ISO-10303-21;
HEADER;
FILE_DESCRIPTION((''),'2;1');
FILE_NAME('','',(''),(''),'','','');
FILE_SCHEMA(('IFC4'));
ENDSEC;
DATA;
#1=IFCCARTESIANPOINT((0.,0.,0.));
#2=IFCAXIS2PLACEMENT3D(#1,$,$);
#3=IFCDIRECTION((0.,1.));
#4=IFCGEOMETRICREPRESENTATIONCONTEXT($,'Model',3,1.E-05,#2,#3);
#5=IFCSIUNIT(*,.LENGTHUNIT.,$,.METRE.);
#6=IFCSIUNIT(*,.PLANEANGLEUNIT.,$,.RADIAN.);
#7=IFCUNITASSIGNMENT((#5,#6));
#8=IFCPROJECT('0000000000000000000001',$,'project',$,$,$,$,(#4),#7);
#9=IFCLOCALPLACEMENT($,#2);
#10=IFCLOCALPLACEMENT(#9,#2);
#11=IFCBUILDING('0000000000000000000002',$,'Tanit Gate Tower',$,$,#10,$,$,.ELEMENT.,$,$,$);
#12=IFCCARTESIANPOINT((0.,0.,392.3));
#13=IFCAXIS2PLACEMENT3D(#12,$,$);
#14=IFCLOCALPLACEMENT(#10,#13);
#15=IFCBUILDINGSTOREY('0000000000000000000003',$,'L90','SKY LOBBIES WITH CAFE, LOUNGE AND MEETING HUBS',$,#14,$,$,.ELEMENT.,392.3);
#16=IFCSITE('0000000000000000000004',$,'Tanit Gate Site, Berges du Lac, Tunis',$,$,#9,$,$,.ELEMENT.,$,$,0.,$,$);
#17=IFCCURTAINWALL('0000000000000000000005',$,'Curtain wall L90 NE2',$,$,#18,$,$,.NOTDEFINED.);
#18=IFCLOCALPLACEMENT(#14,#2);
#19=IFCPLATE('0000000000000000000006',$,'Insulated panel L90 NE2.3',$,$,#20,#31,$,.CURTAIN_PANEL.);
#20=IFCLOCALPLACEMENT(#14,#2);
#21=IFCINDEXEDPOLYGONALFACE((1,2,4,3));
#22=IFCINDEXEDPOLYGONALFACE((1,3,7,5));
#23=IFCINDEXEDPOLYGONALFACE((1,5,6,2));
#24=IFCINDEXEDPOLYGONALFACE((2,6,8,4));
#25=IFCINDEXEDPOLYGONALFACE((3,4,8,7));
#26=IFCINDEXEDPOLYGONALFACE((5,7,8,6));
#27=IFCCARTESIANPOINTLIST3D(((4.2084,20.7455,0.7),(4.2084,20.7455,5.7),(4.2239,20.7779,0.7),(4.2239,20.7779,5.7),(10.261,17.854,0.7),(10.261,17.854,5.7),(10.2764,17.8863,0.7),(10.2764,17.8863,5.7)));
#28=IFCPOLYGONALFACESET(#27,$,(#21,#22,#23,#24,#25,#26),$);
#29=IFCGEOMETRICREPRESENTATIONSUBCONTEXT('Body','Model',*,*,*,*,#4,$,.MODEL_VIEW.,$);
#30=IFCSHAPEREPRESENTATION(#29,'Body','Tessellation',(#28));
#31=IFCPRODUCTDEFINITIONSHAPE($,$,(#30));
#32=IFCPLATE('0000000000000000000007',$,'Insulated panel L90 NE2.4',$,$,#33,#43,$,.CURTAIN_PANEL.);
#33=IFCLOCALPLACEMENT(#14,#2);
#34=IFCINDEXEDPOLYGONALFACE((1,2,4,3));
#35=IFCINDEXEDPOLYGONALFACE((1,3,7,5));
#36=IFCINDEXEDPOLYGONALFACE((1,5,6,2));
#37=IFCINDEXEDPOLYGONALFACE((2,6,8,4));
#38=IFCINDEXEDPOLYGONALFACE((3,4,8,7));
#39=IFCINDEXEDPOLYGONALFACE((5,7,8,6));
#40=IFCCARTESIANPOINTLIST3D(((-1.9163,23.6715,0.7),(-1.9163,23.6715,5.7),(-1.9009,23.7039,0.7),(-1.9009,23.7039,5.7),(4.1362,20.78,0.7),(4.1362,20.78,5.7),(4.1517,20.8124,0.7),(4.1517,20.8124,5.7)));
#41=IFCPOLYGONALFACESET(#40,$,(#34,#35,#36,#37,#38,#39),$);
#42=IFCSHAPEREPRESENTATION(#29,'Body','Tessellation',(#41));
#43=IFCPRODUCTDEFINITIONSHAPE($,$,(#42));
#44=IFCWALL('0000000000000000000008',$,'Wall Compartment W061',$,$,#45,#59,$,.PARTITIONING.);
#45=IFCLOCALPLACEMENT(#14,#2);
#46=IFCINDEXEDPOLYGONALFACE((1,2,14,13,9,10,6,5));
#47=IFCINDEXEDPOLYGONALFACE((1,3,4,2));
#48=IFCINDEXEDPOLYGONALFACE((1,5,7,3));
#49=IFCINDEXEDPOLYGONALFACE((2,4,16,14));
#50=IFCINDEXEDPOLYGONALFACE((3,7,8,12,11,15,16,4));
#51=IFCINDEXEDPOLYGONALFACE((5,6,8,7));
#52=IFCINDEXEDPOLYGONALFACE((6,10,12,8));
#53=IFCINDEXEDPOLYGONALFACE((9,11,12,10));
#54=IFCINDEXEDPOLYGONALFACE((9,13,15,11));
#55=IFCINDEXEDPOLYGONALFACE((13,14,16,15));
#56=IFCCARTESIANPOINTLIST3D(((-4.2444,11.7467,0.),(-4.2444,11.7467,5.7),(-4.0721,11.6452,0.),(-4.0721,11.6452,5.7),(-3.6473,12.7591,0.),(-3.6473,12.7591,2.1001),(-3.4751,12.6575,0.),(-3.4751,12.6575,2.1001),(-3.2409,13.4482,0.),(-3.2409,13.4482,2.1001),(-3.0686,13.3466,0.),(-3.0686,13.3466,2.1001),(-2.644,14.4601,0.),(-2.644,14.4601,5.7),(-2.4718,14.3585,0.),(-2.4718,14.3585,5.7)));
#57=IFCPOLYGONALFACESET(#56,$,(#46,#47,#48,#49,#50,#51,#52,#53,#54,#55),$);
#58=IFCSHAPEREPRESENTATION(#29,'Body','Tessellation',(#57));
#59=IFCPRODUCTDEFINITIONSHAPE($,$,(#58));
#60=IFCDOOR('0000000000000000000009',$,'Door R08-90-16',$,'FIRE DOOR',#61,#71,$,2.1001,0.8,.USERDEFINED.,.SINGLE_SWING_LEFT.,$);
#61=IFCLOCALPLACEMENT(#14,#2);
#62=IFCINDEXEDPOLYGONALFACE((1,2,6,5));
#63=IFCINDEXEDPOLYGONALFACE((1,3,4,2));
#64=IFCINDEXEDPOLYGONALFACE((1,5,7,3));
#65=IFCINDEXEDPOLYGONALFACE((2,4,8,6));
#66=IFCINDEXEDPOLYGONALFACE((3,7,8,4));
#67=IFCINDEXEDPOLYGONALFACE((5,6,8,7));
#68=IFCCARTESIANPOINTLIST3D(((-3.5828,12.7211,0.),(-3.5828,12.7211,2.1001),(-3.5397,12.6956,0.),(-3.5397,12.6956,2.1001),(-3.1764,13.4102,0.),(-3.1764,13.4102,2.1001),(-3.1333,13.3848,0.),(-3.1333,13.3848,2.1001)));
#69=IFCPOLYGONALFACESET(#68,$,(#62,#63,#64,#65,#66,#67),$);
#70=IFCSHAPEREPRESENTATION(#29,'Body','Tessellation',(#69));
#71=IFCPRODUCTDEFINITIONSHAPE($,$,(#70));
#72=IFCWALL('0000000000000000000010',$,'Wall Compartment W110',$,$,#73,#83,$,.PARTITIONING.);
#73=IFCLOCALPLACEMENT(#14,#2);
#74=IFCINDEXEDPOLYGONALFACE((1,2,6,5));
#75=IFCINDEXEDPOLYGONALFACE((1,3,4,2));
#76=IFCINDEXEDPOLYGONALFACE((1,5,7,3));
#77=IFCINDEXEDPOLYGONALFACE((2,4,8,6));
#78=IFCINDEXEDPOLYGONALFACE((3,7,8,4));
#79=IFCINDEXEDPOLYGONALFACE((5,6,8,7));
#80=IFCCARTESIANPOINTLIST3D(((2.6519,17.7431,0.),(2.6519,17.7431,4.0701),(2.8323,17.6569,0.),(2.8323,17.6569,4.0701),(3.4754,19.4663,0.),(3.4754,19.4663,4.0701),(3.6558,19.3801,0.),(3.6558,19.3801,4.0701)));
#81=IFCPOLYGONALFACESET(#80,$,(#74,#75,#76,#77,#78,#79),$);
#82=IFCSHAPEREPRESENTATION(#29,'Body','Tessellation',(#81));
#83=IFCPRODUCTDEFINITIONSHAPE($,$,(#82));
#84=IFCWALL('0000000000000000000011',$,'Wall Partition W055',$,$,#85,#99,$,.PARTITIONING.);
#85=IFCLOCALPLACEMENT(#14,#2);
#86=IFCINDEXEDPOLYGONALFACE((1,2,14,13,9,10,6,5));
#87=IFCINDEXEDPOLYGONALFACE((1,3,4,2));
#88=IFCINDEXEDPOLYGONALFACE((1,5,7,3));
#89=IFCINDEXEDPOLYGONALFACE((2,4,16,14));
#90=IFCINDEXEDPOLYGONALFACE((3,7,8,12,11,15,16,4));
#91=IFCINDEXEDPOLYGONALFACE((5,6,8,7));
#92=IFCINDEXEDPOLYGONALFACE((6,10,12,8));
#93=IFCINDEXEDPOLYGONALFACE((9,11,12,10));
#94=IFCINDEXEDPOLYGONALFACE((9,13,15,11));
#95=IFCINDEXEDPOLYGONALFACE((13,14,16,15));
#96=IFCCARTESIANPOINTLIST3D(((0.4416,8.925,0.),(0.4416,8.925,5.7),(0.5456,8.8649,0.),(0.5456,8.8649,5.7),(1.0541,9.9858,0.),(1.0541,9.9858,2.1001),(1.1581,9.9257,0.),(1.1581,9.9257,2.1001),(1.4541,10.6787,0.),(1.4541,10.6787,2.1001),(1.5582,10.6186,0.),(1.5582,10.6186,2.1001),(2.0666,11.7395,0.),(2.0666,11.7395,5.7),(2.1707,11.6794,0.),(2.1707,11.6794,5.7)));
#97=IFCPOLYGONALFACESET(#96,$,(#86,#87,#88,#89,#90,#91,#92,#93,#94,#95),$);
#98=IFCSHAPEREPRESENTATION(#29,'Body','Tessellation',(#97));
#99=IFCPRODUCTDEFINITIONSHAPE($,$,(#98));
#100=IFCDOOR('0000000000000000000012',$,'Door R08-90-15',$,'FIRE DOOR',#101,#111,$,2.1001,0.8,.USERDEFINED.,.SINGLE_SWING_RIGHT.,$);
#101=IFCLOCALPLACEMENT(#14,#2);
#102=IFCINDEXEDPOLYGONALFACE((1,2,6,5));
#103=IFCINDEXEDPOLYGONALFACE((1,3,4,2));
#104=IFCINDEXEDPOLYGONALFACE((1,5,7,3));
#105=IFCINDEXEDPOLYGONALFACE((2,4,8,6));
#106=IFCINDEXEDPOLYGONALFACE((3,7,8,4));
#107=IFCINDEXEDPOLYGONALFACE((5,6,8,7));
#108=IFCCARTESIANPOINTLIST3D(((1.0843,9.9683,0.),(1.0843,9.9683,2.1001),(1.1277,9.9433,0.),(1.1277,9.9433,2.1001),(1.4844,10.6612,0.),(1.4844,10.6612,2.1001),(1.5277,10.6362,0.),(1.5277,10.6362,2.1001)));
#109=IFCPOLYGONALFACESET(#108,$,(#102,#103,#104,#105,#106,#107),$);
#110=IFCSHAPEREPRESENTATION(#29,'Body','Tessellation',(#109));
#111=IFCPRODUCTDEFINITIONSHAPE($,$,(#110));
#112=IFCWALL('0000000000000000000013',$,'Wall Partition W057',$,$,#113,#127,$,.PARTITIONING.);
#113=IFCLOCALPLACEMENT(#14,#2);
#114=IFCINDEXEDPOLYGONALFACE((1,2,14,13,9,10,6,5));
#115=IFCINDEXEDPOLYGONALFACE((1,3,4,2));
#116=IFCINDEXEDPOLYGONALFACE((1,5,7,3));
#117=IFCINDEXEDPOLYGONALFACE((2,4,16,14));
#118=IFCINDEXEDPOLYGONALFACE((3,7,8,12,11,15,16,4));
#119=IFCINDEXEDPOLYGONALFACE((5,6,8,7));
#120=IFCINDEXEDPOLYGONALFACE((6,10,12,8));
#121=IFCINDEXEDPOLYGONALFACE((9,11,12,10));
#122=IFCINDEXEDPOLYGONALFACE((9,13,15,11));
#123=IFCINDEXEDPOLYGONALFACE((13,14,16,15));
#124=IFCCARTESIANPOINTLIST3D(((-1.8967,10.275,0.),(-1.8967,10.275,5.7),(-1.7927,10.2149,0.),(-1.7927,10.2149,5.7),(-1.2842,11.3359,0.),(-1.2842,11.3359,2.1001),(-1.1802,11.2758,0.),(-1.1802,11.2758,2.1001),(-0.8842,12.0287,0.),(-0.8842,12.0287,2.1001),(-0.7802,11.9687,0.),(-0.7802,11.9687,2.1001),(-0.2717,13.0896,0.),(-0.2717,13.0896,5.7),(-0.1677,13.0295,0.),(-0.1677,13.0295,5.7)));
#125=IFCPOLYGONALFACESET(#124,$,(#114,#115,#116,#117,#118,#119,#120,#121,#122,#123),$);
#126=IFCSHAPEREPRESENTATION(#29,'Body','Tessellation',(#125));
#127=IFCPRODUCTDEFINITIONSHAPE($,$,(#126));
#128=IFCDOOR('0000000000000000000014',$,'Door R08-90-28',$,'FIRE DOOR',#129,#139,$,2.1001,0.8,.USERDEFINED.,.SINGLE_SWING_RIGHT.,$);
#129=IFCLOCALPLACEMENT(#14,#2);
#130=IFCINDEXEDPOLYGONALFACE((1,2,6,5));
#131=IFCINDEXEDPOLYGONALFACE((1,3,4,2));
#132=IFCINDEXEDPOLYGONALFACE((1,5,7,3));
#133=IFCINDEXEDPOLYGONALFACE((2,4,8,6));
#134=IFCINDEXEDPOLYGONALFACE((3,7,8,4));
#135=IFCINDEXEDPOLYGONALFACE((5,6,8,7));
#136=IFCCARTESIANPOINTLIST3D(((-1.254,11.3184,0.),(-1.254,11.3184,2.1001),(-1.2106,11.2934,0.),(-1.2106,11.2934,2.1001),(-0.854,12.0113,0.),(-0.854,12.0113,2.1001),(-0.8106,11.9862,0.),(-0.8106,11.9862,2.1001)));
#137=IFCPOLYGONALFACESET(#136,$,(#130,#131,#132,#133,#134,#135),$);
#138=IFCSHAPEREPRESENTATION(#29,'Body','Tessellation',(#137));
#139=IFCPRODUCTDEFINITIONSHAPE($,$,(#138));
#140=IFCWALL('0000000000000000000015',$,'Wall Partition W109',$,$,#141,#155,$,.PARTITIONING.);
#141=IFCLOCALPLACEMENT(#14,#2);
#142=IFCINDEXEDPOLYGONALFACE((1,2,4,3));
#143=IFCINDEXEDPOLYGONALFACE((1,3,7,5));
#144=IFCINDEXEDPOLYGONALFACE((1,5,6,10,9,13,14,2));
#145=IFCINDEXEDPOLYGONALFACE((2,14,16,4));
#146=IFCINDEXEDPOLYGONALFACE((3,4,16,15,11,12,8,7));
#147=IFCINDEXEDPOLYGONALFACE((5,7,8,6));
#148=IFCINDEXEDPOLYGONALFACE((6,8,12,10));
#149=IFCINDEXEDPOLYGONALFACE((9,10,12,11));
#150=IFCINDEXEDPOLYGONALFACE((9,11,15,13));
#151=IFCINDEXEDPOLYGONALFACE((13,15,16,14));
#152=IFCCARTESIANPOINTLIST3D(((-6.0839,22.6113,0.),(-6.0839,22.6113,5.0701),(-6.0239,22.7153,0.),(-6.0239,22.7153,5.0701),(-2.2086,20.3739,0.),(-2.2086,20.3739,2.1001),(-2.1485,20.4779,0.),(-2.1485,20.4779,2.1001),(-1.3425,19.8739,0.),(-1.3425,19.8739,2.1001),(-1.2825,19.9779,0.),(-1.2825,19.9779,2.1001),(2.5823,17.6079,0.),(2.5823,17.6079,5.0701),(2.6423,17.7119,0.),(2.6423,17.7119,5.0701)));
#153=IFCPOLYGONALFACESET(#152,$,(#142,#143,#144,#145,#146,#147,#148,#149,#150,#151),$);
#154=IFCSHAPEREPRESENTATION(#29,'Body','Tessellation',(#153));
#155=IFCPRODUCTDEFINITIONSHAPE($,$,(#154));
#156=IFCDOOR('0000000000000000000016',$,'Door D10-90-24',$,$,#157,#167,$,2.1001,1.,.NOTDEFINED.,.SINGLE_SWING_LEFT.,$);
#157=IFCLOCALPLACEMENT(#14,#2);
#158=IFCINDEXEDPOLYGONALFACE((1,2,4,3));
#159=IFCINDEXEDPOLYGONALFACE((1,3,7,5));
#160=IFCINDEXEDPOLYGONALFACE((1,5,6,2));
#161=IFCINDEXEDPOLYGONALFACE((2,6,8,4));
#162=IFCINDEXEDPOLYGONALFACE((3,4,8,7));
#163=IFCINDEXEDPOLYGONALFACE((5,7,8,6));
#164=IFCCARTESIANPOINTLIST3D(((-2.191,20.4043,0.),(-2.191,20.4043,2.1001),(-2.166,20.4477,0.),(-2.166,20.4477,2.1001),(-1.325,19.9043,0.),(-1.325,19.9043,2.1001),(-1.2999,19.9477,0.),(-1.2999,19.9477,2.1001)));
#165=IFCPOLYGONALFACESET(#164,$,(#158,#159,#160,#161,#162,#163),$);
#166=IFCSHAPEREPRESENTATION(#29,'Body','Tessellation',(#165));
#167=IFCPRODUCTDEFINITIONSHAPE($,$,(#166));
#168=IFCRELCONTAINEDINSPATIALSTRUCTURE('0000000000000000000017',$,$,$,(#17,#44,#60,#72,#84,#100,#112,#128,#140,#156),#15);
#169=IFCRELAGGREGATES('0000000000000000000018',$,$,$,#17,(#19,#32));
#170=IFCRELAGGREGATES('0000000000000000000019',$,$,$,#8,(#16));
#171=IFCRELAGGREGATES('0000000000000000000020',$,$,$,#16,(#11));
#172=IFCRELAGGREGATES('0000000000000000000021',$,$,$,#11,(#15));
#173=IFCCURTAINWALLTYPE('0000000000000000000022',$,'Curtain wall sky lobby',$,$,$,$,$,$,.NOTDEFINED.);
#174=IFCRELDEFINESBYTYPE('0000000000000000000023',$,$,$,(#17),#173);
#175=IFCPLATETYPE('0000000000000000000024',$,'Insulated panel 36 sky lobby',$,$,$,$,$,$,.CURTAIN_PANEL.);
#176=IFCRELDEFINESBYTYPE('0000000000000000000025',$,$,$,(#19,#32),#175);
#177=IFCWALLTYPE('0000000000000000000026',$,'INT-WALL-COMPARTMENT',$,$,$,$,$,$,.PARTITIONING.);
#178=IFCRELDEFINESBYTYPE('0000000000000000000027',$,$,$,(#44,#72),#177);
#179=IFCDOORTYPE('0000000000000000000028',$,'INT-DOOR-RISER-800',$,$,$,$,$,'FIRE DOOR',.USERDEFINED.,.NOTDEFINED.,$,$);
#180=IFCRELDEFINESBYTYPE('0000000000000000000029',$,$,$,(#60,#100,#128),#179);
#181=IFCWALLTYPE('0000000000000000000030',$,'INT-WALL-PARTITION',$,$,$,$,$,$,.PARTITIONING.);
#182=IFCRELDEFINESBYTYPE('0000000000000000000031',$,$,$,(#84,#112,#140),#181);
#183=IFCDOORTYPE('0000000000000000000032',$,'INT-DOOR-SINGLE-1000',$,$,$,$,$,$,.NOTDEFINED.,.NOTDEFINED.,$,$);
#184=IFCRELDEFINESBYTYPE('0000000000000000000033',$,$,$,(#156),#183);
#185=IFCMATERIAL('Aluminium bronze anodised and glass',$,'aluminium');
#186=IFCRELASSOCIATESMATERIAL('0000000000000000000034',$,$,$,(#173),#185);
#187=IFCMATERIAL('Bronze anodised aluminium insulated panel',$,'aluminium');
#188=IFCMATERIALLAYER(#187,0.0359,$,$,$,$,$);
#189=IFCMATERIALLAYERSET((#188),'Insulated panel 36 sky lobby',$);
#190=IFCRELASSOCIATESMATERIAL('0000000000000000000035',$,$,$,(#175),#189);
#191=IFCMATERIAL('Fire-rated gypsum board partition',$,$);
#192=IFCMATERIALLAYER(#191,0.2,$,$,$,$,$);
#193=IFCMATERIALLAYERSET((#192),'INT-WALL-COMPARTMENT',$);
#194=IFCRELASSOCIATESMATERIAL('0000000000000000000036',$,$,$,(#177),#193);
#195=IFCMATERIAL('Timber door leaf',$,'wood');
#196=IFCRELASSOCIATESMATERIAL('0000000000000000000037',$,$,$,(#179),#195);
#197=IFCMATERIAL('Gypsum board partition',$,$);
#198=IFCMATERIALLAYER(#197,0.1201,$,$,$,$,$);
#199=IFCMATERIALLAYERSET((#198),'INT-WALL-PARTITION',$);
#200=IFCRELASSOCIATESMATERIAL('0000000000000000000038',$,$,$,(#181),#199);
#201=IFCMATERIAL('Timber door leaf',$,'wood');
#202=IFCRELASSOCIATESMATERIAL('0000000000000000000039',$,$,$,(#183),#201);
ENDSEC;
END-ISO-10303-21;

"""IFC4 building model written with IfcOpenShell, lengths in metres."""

from ifc_helpers import new_model, si_unit, direction, frame, frame_2d, origin, origin_2d, place, context, subcontext, project, spatial, rectangle, extrude, material, layer, layer_set, type_object, element, fill, aggregate, save


model = new_model("IFC4")

# Units and contexts
model_context = context("Model", 3, precision=1e-05, world=origin(), true_north=direction((0.0, 1.0)))
body_context = subcontext(model_context, "Body", "Model", "MODEL_VIEW")
ifc_project = project(units=[si_unit("LENGTHUNIT", "METRE"), si_unit("PLANEANGLEUNIT", "RADIAN")], contexts=[model_context])

# Site, building, storey
site_placement = place(None, origin())
site = spatial("IfcSite", under=ifc_project, at=site_placement, Name="Tanit Gate Site, Berges du Lac, Tunis", CompositionType="ELEMENT", RefElevation=0.0)
building_placement = place(site_placement, origin())
building = spatial("IfcBuilding", under=site, at=building_placement, Name="Tanit Gate Tower", CompositionType="ELEMENT")
storey_placement = place(building_placement, frame((0.0, 0.0, 392.3)))
storey = spatial("IfcBuildingStorey", under=building, at=storey_placement, Name="L90", Description="SKY LOBBIES WITH CAFE, LOUNGE AND MEETING HUBS", CompositionType="ELEMENT", Elevation=392.3)

# Curtain wall
ifc_material_1 = material(Name="Aluminium bronze anodised and glass", Category="aluminium")
curtain_wall_type = type_object("IfcCurtainWallType", Name="Curtain wall sky lobby", PredefinedType="NOTDEFINED", material=ifc_material_1)
curtain_wall_1_placement = place(storey_placement, origin())
curtain_wall_1 = element("IfcCurtainWall", 1, at=curtain_wall_1_placement, inside=storey, type_object=curtain_wall_type, Name="Curtain wall L90 NE2", PredefinedType="NOTDEFINED")

# Plates
ifc_material_2 = material(Name="Bronze anodised aluminium insulated panel", Category="aluminium")
ifc_layer_1 = layer(ifc_material_2, 0.0359)
ifc_layer_set_1 = layer_set([ifc_layer_1], Name="Insulated panel 36 sky lobby")
plate_type = type_object("IfcPlateType", Name="Insulated panel 36 sky lobby", PredefinedType="CURTAIN_PANEL", material=ifc_layer_set_1)
plate_1_placement = place(storey_placement, frame((7.2424, 19.3159, 0.7), z_axis=(0.0, 0.0, 1.0), x_axis=(-0.902317, 0.431073, 0.0)))
plate_1 = element("IfcPlate", 2, at=plate_1_placement, type_object=plate_type, Name="Insulated panel L90 NE2.3", PredefinedType="CURTAIN_PANEL", context=body_context, shape_type="SweptSolid", body=[
    extrude(rectangle(XDim=6.7078, YDim=0.0359, at=origin_2d()), origin(), (0.0, 0.0, 1.0), 5.0),
])
plate_2_placement = place(storey_placement, frame((1.1177, 22.2419, 0.7), z_axis=(0.0, 0.0, 1.0), x_axis=(-0.902317, 0.431073, 0.0)))
plate_2 = element("IfcPlate", 3, at=plate_2_placement, type_object=plate_type, Name="Insulated panel L90 NE2.4", PredefinedType="CURTAIN_PANEL", context=body_context, shape_type="SweptSolid", body=[
    extrude(rectangle(XDim=6.7078, YDim=0.0359, at=origin_2d()), origin(), (0.0, 0.0, 1.0), 5.0),
])
aggregate(curtain_wall_1, [plate_1, plate_2])

# Wall, opening, door
ifc_material_3 = material(Name="Fire-rated gypsum board partition")
ifc_layer_2 = layer(ifc_material_3, 0.2)
ifc_layer_set_2 = layer_set([ifc_layer_2], Name="INT-WALL-COMPARTMENT")
wall_type_1 = type_object("IfcWallType", Name="INT-WALL-COMPARTMENT", PredefinedType="PARTITIONING", material=ifc_layer_set_2)
wall_1_placement = place(storey_placement, frame((-2.5579, 14.4094, 0.0), z_axis=(0.0, 0.0, 1.0), x_axis=(-0.508019, -0.861346, 0.0)))
wall_1 = element("IfcWall", 4, at=wall_1_placement, inside=storey, type_object=wall_type_1, Name="Wall Compartment W061", PredefinedType="PARTITIONING", context=body_context, shape_type="SweptSolid", body=[
    extrude(rectangle(XDim=3.1501, YDim=0.2, at=frame_2d((1.5752, 0.0))), origin(), (0.0, 0.0, 1.0), 5.7),
])
opening_1_placement = place(wall_1_placement, frame((1.175, 0.0, 0.0)))
opening_1 = element("IfcOpeningElement", 5, at=opening_1_placement, cuts=wall_1, PredefinedType="OPENING", context=body_context, shape_type="SweptSolid", body=[
    extrude(rectangle(XDim=0.8, YDim=2.1001, at=frame_2d((0.3999, 1.05))), frame((0.0, 0.1099, 0.0), z_axis=(0.0, -1.0, 0.0), x_axis=(1.0, 0.0, 0.0)), (0.0, 0.0, 1.0), 0.22),
])
ifc_material_4 = material(Name="Timber door leaf", Category="wood")
door_type_1 = type_object("IfcDoorType", Name="INT-DOOR-RISER-800", ElementType="FIRE DOOR", OperationType="NOTDEFINED", PredefinedType="USERDEFINED", material=ifc_material_4)
door_1_placement = place(opening_1_placement, origin())
door_1 = element("IfcDoor", 6, at=door_1_placement, inside=storey, type_object=door_type_1, Name="Door R08-90-16", ObjectType="FIRE DOOR", OperationType="SINGLE_SWING_LEFT", OverallHeight=2.1001, OverallWidth=0.8, PredefinedType="USERDEFINED", context=body_context, shape_type="SweptSolid", body=[
    extrude(rectangle(XDim=0.8, YDim=2.1001, at=frame_2d((0.3999, 1.05))), frame((0.0, 0.0249, 0.0), z_axis=(0.0, -1.0, 0.0), x_axis=(1.0, 0.0, 0.0)), (0.0, 0.0, 1.0), 0.05),
])
fill(opening_1, door_1)

# Wall
wall_2_placement = place(storey_placement, frame((3.5657, 19.4233, 0.0), z_axis=(0.0, 0.0, 1.0), x_axis=(-0.431189, -0.902262, 0.0)))
element("IfcWall", 7, at=wall_2_placement, inside=storey, type_object=wall_type_1, Name="Wall Compartment W110", PredefinedType="PARTITIONING", context=body_context, shape_type="SweptSolid", body=[
    extrude(rectangle(XDim=1.9099, YDim=0.2, at=frame_2d((0.9551, 0.0))), origin(), (0.0, 0.0, 1.0), 4.0701),
])

# Walls, openings, doors
ifc_material_5 = material(Name="Gypsum board partition")
ifc_layer_3 = layer(ifc_material_5, 0.1201)
ifc_layer_set_3 = layer_set([ifc_layer_3], Name="INT-WALL-PARTITION")
wall_type_2 = type_object("IfcWallType", Name="INT-WALL-PARTITION", PredefinedType="PARTITIONING", material=ifc_layer_set_3)
wall_3_placement = place(storey_placement, frame((2.1187, 11.7095, 0.0), z_axis=(0.0, 0.0, 1.0), x_axis=(-0.500017, -0.866015, 0.0)))
wall_3 = element("IfcWall", 8, at=wall_3_placement, inside=storey, type_object=wall_type_2, Name="Wall Partition W055", PredefinedType="PARTITIONING", context=body_context, shape_type="SweptSolid", body=[
    extrude(rectangle(XDim=3.25, YDim=0.1201, at=frame_2d((1.625, 0.0))), origin(), (0.0, 0.0, 1.0), 5.7),
])
opening_2_placement = place(wall_3_placement, frame((1.2251, 0.0, 0.0)))
opening_2 = element("IfcOpeningElement", 9, at=opening_2_placement, cuts=wall_3, PredefinedType="OPENING", context=body_context, shape_type="SweptSolid", body=[
    extrude(rectangle(XDim=0.8, YDim=2.1001, at=frame_2d((0.3999, 1.05))), frame((0.0, 0.0701, 0.0), z_axis=(0.0, -1.0, 0.0), x_axis=(1.0, 0.0, 0.0)), (0.0, 0.0, 1.0), 0.1401),
])
door_2_placement = place(opening_2_placement, origin())
door_2 = element("IfcDoor", 10, at=door_2_placement, inside=storey, type_object=door_type_1, Name="Door R08-90-15", ObjectType="FIRE DOOR", OperationType="SINGLE_SWING_RIGHT", OverallHeight=2.1001, OverallWidth=0.8, PredefinedType="USERDEFINED", context=body_context, shape_type="SweptSolid", body=[
    extrude(rectangle(XDim=0.8, YDim=2.1001, at=frame_2d((0.3999, 1.05))), frame((0.0, 0.0249, 0.0), z_axis=(0.0, -1.0, 0.0), x_axis=(1.0, 0.0, 0.0)), (0.0, 0.0, 1.0), 0.05),
])
fill(opening_2, door_2)
wall_4_placement = place(storey_placement, frame((-0.2197, 13.0596, 0.0), z_axis=(0.0, 0.0, 1.0), x_axis=(-0.499985, -0.866034, 0.0)))
wall_4 = element("IfcWall", 11, at=wall_4_placement, inside=storey, type_object=wall_type_2, Name="Wall Partition W057", PredefinedType="PARTITIONING", context=body_context, shape_type="SweptSolid", body=[
    extrude(rectangle(XDim=3.25, YDim=0.1201, at=frame_2d((1.625, 0.0))), origin(), (0.0, 0.0, 1.0), 5.7),
])
opening_3_placement = place(wall_4_placement, frame((1.2251, 0.0, 0.0)))
opening_3 = element("IfcOpeningElement", 12, at=opening_3_placement, cuts=wall_4, PredefinedType="OPENING", context=body_context, shape_type="SweptSolid", body=[
    extrude(rectangle(XDim=0.8, YDim=2.1001, at=frame_2d((0.3999, 1.05))), frame((0.0, 0.0701, 0.0), z_axis=(0.0, -1.0, 0.0), x_axis=(1.0, 0.0, 0.0)), (0.0, 0.0, 1.0), 0.1401),
])
door_3_placement = place(opening_3_placement, origin())
door_3 = element("IfcDoor", 13, at=door_3_placement, inside=storey, type_object=door_type_1, Name="Door R08-90-28", ObjectType="FIRE DOOR", OperationType="SINGLE_SWING_RIGHT", OverallHeight=2.1001, OverallWidth=0.8, PredefinedType="USERDEFINED", context=body_context, shape_type="SweptSolid", body=[
    extrude(rectangle(XDim=0.8, YDim=2.1001, at=frame_2d((0.3999, 1.05))), frame((0.0, 0.0249, 0.0), z_axis=(0.0, -1.0, 0.0), x_axis=(1.0, 0.0, 0.0)), (0.0, 0.0, 1.0), 0.05),
])
fill(opening_3, door_3)
wall_5_placement = place(storey_placement, frame((2.6123, 17.6599, 0.0), z_axis=(0.0, 0.0, 1.0), x_axis=(-0.866028, 0.499996, 0.0)))
wall_5 = element("IfcWall", 14, at=wall_5_placement, inside=storey, type_object=wall_type_2, Name="Wall Partition W109", PredefinedType="PARTITIONING", context=body_context, shape_type="SweptSolid", body=[
    extrude(rectangle(XDim=10.0068, YDim=0.1201, at=frame_2d((5.0034, 0.0))), origin(), (0.0, 0.0, 1.0), 5.0701),
])
opening_4_placement = place(wall_5_placement, frame((4.532, 0.0, 0.0)))
opening_4 = element("IfcOpeningElement", 15, at=opening_4_placement, cuts=wall_5, PredefinedType="OPENING", context=body_context, shape_type="SweptSolid", body=[
    extrude(rectangle(XDim=1.0, YDim=2.1001, at=frame_2d((0.5, 1.05))), frame((0.0, 0.0701, 0.0), z_axis=(0.0, -1.0, 0.0), x_axis=(1.0, 0.0, 0.0)), (0.0, 0.0, 1.0), 0.1401),
])
ifc_material_6 = material(Name="Timber door leaf", Category="wood")
door_type_2 = type_object("IfcDoorType", Name="INT-DOOR-SINGLE-1000", OperationType="NOTDEFINED", PredefinedType="NOTDEFINED", material=ifc_material_6)
door_4_placement = place(opening_4_placement, origin())
door_4 = element("IfcDoor", 16, at=door_4_placement, inside=storey, type_object=door_type_2, Name="Door D10-90-24", OperationType="SINGLE_SWING_LEFT", OverallHeight=2.1001, OverallWidth=1.0, PredefinedType="NOTDEFINED", context=body_context, shape_type="SweptSolid", body=[
    extrude(rectangle(XDim=1.0, YDim=2.1001, at=frame_2d((0.5, 1.05))), frame((0.0, 0.0249, 0.0), z_axis=(0.0, -1.0, 0.0), x_axis=(1.0, 0.0, 0.0)), (0.0, 0.0, 1.0), 0.05),
])
fill(opening_4, door_4)

save(model, "model.ifc")
